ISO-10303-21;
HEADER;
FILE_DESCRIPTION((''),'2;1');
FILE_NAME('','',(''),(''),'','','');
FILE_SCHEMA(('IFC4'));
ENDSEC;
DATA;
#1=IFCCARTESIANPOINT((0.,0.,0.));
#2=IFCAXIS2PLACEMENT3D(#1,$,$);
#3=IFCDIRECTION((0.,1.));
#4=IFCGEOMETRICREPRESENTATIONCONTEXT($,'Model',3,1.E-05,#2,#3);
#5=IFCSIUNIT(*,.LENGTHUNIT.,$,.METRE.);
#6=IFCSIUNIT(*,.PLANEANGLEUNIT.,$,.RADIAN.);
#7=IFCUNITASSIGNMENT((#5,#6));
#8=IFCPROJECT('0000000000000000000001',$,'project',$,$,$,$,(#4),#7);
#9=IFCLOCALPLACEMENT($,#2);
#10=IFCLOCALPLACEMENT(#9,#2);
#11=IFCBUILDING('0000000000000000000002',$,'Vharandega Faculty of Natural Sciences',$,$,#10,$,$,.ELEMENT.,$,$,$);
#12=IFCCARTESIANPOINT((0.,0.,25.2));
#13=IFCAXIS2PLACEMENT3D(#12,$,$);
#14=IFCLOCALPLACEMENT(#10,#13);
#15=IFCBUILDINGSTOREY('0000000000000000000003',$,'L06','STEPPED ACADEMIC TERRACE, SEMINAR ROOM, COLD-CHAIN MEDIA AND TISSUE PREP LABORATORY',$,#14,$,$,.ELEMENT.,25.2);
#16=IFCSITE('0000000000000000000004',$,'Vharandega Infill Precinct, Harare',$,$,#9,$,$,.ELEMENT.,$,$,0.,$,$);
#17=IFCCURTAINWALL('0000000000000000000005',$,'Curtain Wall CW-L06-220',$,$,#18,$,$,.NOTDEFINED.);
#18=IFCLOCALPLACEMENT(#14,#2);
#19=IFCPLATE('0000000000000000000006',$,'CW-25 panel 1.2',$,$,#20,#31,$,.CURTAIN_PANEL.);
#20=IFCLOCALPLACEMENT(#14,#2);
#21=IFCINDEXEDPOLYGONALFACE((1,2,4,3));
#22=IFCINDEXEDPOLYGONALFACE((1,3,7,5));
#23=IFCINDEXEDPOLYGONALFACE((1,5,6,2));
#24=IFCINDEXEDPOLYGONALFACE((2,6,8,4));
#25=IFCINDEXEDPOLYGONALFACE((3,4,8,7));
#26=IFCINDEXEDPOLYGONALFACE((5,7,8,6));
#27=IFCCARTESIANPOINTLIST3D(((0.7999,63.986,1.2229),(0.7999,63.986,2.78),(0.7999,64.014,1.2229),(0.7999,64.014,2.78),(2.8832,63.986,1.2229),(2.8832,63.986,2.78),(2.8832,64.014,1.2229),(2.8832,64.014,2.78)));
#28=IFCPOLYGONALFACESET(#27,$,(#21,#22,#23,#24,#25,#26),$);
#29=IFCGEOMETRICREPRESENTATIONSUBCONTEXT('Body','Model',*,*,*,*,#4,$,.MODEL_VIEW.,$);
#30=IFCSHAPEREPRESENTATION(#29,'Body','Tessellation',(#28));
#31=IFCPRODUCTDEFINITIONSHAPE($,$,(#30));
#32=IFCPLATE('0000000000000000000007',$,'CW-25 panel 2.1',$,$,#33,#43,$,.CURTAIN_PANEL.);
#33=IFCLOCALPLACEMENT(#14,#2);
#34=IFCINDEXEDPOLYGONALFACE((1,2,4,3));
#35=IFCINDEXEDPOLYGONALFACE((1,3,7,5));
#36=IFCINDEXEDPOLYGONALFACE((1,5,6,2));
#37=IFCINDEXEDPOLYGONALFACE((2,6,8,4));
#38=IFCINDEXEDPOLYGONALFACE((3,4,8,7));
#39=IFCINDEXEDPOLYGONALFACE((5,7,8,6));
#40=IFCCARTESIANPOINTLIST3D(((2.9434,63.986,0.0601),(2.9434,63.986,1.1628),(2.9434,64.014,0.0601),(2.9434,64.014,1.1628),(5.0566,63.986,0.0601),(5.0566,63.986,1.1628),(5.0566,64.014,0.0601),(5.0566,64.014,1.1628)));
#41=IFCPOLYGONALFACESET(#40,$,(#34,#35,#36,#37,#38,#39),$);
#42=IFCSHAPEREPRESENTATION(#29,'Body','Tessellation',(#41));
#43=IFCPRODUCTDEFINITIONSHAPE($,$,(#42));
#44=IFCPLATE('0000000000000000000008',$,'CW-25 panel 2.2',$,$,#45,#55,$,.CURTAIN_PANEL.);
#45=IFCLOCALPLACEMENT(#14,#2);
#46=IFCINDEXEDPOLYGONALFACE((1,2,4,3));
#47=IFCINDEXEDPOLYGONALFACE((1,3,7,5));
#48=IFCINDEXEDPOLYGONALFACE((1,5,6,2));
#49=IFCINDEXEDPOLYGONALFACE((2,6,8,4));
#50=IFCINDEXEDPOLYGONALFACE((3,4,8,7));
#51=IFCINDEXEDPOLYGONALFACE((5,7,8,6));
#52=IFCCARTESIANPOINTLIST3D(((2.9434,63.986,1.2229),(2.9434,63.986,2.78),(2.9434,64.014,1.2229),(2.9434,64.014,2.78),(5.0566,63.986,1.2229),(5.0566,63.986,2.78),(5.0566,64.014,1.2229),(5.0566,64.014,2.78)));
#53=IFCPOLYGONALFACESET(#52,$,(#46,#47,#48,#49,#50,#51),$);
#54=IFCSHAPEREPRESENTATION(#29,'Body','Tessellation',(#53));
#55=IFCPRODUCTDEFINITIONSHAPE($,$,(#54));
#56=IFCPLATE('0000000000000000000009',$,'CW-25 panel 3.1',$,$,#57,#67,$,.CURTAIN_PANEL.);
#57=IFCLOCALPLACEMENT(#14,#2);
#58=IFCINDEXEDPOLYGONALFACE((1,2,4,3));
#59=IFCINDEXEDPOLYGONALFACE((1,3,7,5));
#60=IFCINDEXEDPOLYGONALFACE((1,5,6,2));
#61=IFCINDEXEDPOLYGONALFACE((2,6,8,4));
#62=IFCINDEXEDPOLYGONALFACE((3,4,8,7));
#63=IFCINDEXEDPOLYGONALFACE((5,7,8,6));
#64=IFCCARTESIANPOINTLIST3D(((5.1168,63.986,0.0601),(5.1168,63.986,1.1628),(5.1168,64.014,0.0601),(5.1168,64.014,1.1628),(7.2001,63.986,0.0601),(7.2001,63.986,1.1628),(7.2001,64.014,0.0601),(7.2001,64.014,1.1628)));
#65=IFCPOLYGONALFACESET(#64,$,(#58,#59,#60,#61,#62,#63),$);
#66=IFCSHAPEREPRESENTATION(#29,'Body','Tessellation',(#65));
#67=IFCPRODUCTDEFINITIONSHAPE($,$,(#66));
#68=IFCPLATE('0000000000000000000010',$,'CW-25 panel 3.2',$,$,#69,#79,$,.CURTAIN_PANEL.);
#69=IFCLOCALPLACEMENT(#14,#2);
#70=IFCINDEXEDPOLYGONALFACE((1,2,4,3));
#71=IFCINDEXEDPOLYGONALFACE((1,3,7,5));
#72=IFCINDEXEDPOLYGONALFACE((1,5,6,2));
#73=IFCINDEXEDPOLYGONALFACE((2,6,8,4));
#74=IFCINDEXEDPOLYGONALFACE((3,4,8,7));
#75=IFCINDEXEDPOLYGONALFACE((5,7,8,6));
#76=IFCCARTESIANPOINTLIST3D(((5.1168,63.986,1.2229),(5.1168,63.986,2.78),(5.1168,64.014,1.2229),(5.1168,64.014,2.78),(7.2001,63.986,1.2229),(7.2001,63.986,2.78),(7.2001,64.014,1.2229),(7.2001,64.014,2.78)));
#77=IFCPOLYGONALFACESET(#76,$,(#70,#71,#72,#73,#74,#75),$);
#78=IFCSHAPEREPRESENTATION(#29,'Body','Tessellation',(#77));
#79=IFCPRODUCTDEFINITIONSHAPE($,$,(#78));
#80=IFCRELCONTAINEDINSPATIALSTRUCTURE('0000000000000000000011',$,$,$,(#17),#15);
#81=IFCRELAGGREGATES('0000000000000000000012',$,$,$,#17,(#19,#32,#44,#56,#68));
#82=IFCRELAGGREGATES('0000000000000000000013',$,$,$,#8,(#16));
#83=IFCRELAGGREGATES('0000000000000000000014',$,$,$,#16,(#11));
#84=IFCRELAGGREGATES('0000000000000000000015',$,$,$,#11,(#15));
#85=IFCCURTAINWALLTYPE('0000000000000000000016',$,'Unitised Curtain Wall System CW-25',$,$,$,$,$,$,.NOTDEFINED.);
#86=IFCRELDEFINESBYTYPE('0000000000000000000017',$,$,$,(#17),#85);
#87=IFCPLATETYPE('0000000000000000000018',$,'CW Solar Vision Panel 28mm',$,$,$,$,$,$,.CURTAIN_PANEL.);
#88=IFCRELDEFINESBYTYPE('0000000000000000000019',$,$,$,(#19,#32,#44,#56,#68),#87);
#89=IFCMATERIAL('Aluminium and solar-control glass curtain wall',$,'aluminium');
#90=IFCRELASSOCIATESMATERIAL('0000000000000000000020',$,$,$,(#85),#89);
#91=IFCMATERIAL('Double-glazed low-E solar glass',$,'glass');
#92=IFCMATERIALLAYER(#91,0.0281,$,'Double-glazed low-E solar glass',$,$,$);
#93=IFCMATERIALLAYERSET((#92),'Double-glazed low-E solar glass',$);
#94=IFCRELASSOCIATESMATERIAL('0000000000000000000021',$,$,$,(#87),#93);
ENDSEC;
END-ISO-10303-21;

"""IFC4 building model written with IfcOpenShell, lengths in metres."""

from ifc_helpers import new_model, si_unit, direction, frame, origin, origin_2d, place, context, subcontext, project, spatial, rectangle, extrude, material, layer, layer_set, type_object, element, aggregate, save


model = new_model("IFC4")

# Units and contexts
model_context = context("Model", 3, precision=1e-05, world=origin(), true_north=direction((0.0, 1.0)))
body_context = subcontext(model_context, "Body", "Model", "MODEL_VIEW")
ifc_project = project(units=[si_unit("LENGTHUNIT", "METRE"), si_unit("PLANEANGLEUNIT", "RADIAN")], contexts=[model_context])

# Site, building, storey
site_placement = place(None, origin())
site = spatial("IfcSite", under=ifc_project, at=site_placement, Name="Vharandega Infill Precinct, Harare", CompositionType="ELEMENT", RefElevation=0.0)
building_placement = place(site_placement, origin())
building = spatial("IfcBuilding", under=site, at=building_placement, Name="Vharandega Faculty of Natural Sciences", CompositionType="ELEMENT")
storey_placement = place(building_placement, frame((0.0, 0.0, 25.2)))
storey = spatial("IfcBuildingStorey", under=building, at=storey_placement, Name="L06", Description="STEPPED ACADEMIC TERRACE, SEMINAR ROOM, COLD-CHAIN MEDIA AND TISSUE PREP LABORATORY", CompositionType="ELEMENT", Elevation=25.2)

# Curtain wall, plates
ifc_material_1 = material(Name="Aluminium and solar-control glass curtain wall", Category="aluminium")
curtain_wall_type = type_object("IfcCurtainWallType", Name="Unitised Curtain Wall System CW-25", PredefinedType="NOTDEFINED", material=ifc_material_1)
curtain_wall_placement = place(storey_placement, origin())
curtain_wall = element("IfcCurtainWall", 1, at=curtain_wall_placement, inside=storey, type_object=curtain_wall_type, Name="Curtain Wall CW-L06-220", PredefinedType="NOTDEFINED")
ifc_material_2 = material(Name="Double-glazed low-E solar glass", Category="glass")
ifc_layer = layer(ifc_material_2, 0.0281, Name="Double-glazed low-E solar glass")
ifc_layer_set = layer_set([ifc_layer], Name="Double-glazed low-E solar glass")
plate_type = type_object("IfcPlateType", Name="CW Solar Vision Panel 28mm", PredefinedType="CURTAIN_PANEL", material=ifc_layer_set)
plate_1_placement = place(storey_placement, frame((1.8416, 64.0, 1.2229), z_axis=(0.0, 0.0, 1.0), x_axis=(1.0, 0.0, 0.0)))
plate_1 = element("IfcPlate", 2, at=plate_1_placement, type_object=plate_type, Name="CW-25 panel 1.2", PredefinedType="CURTAIN_PANEL", context=body_context, shape_type="SweptSolid", body=[
    extrude(rectangle(XDim=2.0833, YDim=0.0281, at=origin_2d()), origin(), (0.0, 0.0, 1.0), 1.5571),
])
plate_2_placement = place(storey_placement, frame((4.0, 64.0, 0.0601), z_axis=(0.0, 0.0, 1.0), x_axis=(1.0, 0.0, 0.0)))
plate_2 = element("IfcPlate", 3, at=plate_2_placement, type_object=plate_type, Name="CW-25 panel 2.1", PredefinedType="CURTAIN_PANEL", context=body_context, shape_type="SweptSolid", body=[
    extrude(rectangle(XDim=2.1133, YDim=0.0281, at=origin_2d()), origin(), (0.0, 0.0, 1.0), 1.1028),
])
plate_3_placement = place(storey_placement, frame((4.0, 64.0, 1.2229), z_axis=(0.0, 0.0, 1.0), x_axis=(1.0, 0.0, 0.0)))
plate_3 = element("IfcPlate", 4, at=plate_3_placement, type_object=plate_type, Name="CW-25 panel 2.2", PredefinedType="CURTAIN_PANEL", context=body_context, shape_type="SweptSolid", body=[
    extrude(rectangle(XDim=2.1133, YDim=0.0281, at=origin_2d()), origin(), (0.0, 0.0, 1.0), 1.5571),
])
plate_4_placement = place(storey_placement, frame((6.1584, 64.0, 0.0601), z_axis=(0.0, 0.0, 1.0), x_axis=(1.0, 0.0, 0.0)))
plate_4 = element("IfcPlate", 5, at=plate_4_placement, type_object=plate_type, Name="CW-25 panel 3.1", PredefinedType="CURTAIN_PANEL", context=body_context, shape_type="SweptSolid", body=[
    extrude(rectangle(XDim=2.0833, YDim=0.0281, at=origin_2d()), origin(), (0.0, 0.0, 1.0), 1.1028),
])
plate_5_placement = place(storey_placement, frame((6.1584, 64.0, 1.2229), z_axis=(0.0, 0.0, 1.0), x_axis=(1.0, 0.0, 0.0)))
plate_5 = element("IfcPlate", 6, at=plate_5_placement, type_object=plate_type, Name="CW-25 panel 3.2", PredefinedType="CURTAIN_PANEL", context=body_context, shape_type="SweptSolid", body=[
    extrude(rectangle(XDim=2.0833, YDim=0.0281, at=origin_2d()), origin(), (0.0, 0.0, 1.0), 1.5571),
])
aggregate(curtain_wall, [plate_1, plate_2, plate_3, plate_4, plate_5])

save(model, "model.ifc")
